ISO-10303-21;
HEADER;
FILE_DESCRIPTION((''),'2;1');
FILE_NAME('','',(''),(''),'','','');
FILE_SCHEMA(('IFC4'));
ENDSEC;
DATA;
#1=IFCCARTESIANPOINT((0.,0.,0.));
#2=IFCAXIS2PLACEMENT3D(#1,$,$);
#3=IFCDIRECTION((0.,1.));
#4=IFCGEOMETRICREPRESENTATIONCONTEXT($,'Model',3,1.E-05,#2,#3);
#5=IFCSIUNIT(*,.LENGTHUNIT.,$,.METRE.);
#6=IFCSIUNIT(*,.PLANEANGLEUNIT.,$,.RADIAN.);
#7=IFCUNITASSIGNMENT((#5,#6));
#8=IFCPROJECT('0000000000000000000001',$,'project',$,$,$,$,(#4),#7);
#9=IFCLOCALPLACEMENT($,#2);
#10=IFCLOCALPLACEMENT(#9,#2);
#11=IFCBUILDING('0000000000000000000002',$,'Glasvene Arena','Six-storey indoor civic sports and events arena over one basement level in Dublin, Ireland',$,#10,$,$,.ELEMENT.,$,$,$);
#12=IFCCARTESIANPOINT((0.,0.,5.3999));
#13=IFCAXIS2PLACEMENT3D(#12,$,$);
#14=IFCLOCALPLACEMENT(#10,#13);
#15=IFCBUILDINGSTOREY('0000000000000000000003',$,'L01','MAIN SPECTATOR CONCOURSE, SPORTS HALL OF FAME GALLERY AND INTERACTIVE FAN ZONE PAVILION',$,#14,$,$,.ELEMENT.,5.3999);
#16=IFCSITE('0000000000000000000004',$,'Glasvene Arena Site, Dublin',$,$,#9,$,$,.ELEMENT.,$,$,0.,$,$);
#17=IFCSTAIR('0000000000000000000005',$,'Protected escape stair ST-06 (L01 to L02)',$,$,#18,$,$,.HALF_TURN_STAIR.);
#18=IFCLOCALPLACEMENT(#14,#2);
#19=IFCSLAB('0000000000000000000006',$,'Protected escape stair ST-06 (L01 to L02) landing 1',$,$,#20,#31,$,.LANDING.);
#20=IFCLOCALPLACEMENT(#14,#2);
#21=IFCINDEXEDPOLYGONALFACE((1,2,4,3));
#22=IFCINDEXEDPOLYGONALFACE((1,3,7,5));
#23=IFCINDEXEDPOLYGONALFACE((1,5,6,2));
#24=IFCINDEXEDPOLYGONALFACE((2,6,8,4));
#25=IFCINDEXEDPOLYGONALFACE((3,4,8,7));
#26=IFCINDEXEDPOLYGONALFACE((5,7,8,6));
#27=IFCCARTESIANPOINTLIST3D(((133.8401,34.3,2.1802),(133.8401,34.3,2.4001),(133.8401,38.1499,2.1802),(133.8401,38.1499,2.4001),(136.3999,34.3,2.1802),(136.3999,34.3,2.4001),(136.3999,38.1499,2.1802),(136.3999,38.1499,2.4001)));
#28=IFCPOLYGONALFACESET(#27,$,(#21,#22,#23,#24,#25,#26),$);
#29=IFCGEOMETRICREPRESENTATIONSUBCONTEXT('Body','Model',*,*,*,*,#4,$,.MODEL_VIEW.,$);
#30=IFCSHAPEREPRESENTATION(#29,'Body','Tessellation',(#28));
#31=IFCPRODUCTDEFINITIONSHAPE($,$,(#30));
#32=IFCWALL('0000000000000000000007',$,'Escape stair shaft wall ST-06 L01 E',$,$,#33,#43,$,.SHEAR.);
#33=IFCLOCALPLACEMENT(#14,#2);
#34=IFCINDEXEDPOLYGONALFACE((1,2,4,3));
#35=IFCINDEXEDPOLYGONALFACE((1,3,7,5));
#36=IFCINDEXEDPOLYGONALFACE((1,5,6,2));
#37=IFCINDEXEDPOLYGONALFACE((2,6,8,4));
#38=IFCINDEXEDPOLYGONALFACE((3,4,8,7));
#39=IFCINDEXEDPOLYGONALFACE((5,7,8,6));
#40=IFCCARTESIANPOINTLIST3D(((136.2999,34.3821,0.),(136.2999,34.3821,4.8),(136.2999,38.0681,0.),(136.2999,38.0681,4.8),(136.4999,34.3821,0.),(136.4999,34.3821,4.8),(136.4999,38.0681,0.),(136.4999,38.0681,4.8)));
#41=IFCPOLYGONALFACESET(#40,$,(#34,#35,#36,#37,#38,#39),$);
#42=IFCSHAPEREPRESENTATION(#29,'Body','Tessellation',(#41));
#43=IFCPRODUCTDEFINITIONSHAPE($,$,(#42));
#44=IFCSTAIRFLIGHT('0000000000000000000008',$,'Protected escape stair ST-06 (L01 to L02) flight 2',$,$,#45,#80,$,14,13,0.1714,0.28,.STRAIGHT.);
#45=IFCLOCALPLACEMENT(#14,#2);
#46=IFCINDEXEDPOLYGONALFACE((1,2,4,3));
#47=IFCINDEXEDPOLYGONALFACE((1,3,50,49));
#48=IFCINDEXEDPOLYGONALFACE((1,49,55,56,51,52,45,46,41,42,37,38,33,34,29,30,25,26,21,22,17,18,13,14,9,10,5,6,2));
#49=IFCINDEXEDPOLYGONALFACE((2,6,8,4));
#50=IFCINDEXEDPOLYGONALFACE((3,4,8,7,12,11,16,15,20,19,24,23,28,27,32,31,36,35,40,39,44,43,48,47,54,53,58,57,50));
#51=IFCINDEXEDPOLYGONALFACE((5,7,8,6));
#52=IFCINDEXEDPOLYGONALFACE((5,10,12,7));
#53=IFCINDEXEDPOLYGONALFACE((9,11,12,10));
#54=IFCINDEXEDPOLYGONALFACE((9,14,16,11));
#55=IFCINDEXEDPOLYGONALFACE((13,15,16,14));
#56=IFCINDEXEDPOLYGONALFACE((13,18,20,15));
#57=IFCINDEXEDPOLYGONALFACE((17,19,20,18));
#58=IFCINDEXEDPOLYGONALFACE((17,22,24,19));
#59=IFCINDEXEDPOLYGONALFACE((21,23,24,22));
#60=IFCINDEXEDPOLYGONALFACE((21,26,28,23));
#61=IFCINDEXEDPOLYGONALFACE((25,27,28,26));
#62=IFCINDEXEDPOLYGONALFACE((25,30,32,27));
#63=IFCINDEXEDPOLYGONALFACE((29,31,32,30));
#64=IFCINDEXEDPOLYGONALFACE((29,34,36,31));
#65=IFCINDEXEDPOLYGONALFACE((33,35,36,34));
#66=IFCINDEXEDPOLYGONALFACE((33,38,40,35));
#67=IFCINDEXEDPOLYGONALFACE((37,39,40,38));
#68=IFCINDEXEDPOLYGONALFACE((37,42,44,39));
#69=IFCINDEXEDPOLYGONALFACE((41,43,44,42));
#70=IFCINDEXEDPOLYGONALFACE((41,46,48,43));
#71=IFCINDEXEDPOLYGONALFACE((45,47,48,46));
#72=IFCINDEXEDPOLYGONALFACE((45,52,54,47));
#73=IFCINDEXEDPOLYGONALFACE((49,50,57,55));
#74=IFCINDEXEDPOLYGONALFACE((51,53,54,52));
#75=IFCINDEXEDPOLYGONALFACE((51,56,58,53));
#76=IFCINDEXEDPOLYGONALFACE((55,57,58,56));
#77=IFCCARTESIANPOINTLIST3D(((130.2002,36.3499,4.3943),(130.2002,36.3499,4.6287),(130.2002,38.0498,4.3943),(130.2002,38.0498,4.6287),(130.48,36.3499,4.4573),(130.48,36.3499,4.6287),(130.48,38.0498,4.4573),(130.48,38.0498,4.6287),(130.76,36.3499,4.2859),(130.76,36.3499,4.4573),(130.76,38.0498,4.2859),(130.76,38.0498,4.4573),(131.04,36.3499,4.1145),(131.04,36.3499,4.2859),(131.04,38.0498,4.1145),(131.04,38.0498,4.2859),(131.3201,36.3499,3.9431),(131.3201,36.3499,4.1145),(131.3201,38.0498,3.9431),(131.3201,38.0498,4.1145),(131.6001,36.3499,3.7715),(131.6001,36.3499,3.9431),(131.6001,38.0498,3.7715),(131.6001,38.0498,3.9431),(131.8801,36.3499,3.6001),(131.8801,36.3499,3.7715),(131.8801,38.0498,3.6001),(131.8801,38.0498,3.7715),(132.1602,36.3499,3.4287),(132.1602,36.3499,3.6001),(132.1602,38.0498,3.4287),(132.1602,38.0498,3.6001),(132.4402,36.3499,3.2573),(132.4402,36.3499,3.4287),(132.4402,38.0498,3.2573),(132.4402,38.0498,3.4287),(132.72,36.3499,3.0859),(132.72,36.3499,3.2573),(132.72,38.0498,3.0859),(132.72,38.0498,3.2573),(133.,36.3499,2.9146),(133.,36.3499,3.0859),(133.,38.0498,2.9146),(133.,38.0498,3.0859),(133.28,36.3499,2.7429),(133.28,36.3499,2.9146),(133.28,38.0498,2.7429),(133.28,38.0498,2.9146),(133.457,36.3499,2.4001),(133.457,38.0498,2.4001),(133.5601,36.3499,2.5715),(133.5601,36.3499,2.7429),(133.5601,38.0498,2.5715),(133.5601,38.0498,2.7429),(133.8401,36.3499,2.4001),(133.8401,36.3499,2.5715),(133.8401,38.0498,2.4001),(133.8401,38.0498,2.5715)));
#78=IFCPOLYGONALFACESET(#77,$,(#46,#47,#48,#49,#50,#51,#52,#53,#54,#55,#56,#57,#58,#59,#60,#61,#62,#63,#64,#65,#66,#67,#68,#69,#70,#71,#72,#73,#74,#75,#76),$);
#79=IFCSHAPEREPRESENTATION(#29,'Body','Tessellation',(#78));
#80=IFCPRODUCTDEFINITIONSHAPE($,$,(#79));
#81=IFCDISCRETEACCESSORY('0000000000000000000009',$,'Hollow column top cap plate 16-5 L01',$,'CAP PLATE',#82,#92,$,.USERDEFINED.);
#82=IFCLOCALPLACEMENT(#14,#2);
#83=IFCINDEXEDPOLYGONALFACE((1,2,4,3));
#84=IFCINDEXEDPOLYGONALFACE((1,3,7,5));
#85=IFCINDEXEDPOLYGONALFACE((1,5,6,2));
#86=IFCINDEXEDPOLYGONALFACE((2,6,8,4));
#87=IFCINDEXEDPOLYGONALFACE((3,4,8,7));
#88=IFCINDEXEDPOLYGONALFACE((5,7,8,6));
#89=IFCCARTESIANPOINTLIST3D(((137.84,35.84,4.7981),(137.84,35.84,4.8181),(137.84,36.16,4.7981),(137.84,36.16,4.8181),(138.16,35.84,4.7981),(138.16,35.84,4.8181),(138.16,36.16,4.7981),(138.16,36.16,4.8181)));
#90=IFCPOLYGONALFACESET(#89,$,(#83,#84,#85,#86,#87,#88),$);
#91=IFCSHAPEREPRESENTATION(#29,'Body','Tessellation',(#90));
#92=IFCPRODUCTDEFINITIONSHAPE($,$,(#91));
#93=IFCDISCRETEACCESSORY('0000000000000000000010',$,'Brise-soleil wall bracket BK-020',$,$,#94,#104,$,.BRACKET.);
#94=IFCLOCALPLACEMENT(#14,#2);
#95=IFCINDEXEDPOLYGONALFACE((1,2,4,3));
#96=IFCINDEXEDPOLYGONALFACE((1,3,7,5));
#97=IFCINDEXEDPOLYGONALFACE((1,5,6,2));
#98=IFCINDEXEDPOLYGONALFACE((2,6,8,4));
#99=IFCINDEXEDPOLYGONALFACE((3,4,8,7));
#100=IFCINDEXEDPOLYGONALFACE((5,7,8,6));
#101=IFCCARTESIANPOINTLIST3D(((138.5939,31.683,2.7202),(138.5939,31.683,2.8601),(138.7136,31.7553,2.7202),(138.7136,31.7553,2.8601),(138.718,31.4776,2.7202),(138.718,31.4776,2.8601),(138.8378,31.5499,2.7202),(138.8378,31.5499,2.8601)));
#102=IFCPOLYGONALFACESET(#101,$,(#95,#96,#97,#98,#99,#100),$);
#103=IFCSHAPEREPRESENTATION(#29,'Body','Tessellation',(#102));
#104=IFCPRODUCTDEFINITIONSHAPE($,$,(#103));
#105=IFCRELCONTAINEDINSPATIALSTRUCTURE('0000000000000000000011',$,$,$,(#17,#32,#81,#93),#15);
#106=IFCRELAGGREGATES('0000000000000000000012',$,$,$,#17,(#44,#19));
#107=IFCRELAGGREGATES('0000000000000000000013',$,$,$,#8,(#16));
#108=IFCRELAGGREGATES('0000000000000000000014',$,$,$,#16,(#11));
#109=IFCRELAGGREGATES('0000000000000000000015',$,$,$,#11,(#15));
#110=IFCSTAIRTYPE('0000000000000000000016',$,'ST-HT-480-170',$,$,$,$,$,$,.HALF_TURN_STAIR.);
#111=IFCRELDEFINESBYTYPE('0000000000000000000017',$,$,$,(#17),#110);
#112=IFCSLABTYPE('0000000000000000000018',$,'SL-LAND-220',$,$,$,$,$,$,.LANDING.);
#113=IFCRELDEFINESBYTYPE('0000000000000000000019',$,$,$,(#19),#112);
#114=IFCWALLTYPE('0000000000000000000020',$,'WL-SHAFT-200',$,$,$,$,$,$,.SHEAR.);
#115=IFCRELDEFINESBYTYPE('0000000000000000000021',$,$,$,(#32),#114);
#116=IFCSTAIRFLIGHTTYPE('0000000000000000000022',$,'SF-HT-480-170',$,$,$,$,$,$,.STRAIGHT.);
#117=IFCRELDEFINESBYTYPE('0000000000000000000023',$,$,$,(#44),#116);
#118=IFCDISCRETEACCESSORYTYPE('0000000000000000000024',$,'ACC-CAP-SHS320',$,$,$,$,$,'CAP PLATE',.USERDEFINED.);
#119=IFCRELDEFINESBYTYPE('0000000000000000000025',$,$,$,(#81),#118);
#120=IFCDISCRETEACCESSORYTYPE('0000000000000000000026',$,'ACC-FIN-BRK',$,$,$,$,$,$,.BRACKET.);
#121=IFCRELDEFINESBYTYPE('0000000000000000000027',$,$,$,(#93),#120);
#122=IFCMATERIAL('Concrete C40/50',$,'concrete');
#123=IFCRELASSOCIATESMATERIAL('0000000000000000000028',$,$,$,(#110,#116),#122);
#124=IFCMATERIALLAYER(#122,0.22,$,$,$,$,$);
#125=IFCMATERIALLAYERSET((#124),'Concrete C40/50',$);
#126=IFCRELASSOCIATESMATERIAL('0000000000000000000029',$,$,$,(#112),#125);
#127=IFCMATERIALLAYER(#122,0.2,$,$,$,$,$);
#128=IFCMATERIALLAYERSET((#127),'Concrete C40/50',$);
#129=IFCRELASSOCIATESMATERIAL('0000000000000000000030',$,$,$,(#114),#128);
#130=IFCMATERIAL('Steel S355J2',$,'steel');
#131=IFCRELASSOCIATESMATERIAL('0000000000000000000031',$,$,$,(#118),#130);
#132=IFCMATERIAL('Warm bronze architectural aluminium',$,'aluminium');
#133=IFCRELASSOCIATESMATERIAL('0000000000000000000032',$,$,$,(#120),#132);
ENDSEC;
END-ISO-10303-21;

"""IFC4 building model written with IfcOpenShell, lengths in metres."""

from ifc_helpers import new_model, si_unit, direction, frame, frame_2d, origin, origin_2d, place, context, subcontext, project, spatial, polyline, rectangle, outline, extrude, material, layer, layer_set, type_object, element, aggregate, save


model = new_model("IFC4")

# Units and contexts
model_context = context("Model", 3, precision=1e-05, world=origin(), true_north=direction((0.0, 1.0)))
body_context = subcontext(model_context, "Body", "Model", "MODEL_VIEW")
ifc_project = project(units=[si_unit("LENGTHUNIT", "METRE"), si_unit("PLANEANGLEUNIT", "RADIAN")], contexts=[model_context])

# Site, building, storey
site_placement = place(None, origin())
site = spatial("IfcSite", under=ifc_project, at=site_placement, Name="Glasvene Arena Site, Dublin", CompositionType="ELEMENT", RefElevation=0.0)
building_placement = place(site_placement, origin())
building = spatial("IfcBuilding", under=site, at=building_placement, Name="Glasvene Arena", Description="Six-storey indoor civic sports and events arena over one basement level in Dublin, Ireland", CompositionType="ELEMENT")
storey_placement = place(building_placement, frame((0.0, 0.0, 5.3999)))
storey = spatial("IfcBuildingStorey", under=building, at=storey_placement, Name="L01", Description="MAIN SPECTATOR CONCOURSE, SPORTS HALL OF FAME GALLERY AND INTERACTIVE FAN ZONE PAVILION", CompositionType="ELEMENT", Elevation=5.3999)

# Shared definitions
ifc_material_1 = material(Name="Steel S355J2", Category="steel")

# Stair, slab
ifc_material_2 = material(Name="Concrete C40/50", Category="concrete")
stair_type = type_object("IfcStairType", Name="ST-HT-480-170", PredefinedType="HALF_TURN_STAIR", material=ifc_material_2)
stair_placement = place(storey_placement, origin())
stair = element("IfcStair", 1, at=stair_placement, inside=storey, type_object=stair_type, Name="Protected escape stair ST-06 (L01 to L02)", PredefinedType="HALF_TURN_STAIR")
ifc_layer_1 = layer(ifc_material_2, 0.22)
ifc_layer_set_1 = layer_set([ifc_layer_1], Name="Concrete C40/50")
slab_type = type_object("IfcSlabType", Name="SL-LAND-220", PredefinedType="LANDING", material=ifc_layer_set_1)
slab_placement = place(storey_placement, frame((135.1201, 36.2251, 2.1802)))
slab = element("IfcSlab", 2, at=slab_placement, type_object=slab_type, Name="Protected escape stair ST-06 (L01 to L02) landing 1", PredefinedType="LANDING", context=body_context, shape_type="SweptSolid", body=[
    extrude(outline(polyline([(-1.28, -1.925), (1.2798, -1.925), (1.2798, 1.9248), (-1.28, 1.9248), (-1.28, -1.925)])), origin(), (0.0, 0.0, 1.0), 0.22),
])

# Wall
ifc_layer_2 = layer(ifc_material_2, 0.2)
ifc_layer_set_2 = layer_set([ifc_layer_2], Name="Concrete C40/50")
wall_type = type_object("IfcWallType", Name="WL-SHAFT-200", PredefinedType="SHEAR", material=ifc_layer_set_2)
wall_placement = place(storey_placement, frame((136.3999, 34.3821, 0.0), z_axis=(0.0, 0.0, 1.0), x_axis=(0.0, 1.0, 0.0)))
element("IfcWall", 3, at=wall_placement, inside=storey, type_object=wall_type, Name="Escape stair shaft wall ST-06 L01 E", PredefinedType="SHEAR", context=body_context, shape_type="SweptSolid", body=[
    extrude(rectangle(XDim=3.686, YDim=0.2, at=frame_2d((1.843, 0.0))), origin(), (0.0, 0.0, 1.0), 4.8),
])

# Stair flight
stair_flight_type = type_object("IfcStairFlightType", Name="SF-HT-480-170", PredefinedType="STRAIGHT", material=ifc_material_2)
stair_flight_placement = place(storey_placement, frame((133.8401, 37.2, 2.4001), z_axis=(0.0, 0.0, 1.0), x_axis=(-1.0, 0.0, 0.0)))
stair_flight = element("IfcStairFlight", 4, at=stair_flight_placement, type_object=stair_flight_type, Name="Protected escape stair ST-06 (L01 to L02) flight 2", NumberOfRisers=14, NumberOfTreads=13, PredefinedType="STRAIGHT", RiserHeight=0.1714, TreadLength=0.28, context=body_context, shape_type="SweptSolid", body=[
    extrude(outline(polyline([(0.0, 0.0), (0.0, 0.1714), (0.28, 0.1714), (0.28, 0.3428), (0.5601, 0.3428), (0.5601, 0.5144), (0.8401, 0.5144), (0.8401, 0.6858), (1.1201, 0.6858), (1.1201, 0.8572), (1.3999, 0.8572), (1.3999, 1.0286), (1.6799, 1.0286), (1.6799, 1.2), (1.96, 1.2), (1.96, 1.3713), (2.24, 1.3713), (2.24, 1.543), (2.52, 1.543), (2.52, 1.7144), (2.8, 1.7144), (2.8, 1.8857), (3.0801, 1.8857), (3.0801, 2.0571), (3.3601, 2.0571), (3.3601, 2.2285), (3.6399, 2.2285), (3.6399, 2.3999), (3.6399, 1.9941), (0.3831, 0.0), (0.0, 0.0)])), frame((0.0, 0.8501, 0.0), z_axis=(0.0, -1.0, 0.0), x_axis=(1.0, 0.0, 0.0)), (0.0, 0.0, 1.0), 1.7),
])
aggregate(stair, [stair_flight, slab])

# Discrete accessories
discrete_accessory_type_1 = type_object("IfcDiscreteAccessoryType", Name="ACC-CAP-SHS320", ElementType="CAP PLATE", PredefinedType="USERDEFINED", material=ifc_material_1)
discrete_accessory_1_placement = place(storey_placement, frame((138.0, 36.0, 4.7981), z_axis=(0.0, 0.0, 1.0), x_axis=(1.0, 0.0, 0.0)))
element("IfcDiscreteAccessory", 5, at=discrete_accessory_1_placement, inside=storey, type_object=discrete_accessory_type_1, Name="Hollow column top cap plate 16-5 L01", ObjectType="CAP PLATE", PredefinedType="USERDEFINED", context=body_context, shape_type="SweptSolid", body=[
    extrude(rectangle(XDim=0.3201, YDim=0.3201, at=origin_2d()), origin(), (0.0, 0.0, 1.0), 0.02),
])
ifc_material_3 = material(Name="Warm bronze architectural aluminium", Category="aluminium")
discrete_accessory_type_2 = type_object("IfcDiscreteAccessoryType", Name="ACC-FIN-BRK", PredefinedType="BRACKET", material=ifc_material_3)
discrete_accessory_2_placement = place(storey_placement, frame((138.7158, 31.6165, 2.7202), z_axis=(0.0, 0.0, 1.0), x_axis=(-0.855816, -0.51728, 0.0)))
element("IfcDiscreteAccessory", 6, at=discrete_accessory_2_placement, inside=storey, type_object=discrete_accessory_type_2, Name="Brise-soleil wall bracket BK-020", PredefinedType="BRACKET", context=body_context, shape_type="SweptSolid", body=[
    extrude(rectangle(XDim=0.1399, YDim=0.24, at=origin_2d()), origin(), (0.0, 0.0, 1.0), 0.1399),
])

save(model, "model.ifc")
